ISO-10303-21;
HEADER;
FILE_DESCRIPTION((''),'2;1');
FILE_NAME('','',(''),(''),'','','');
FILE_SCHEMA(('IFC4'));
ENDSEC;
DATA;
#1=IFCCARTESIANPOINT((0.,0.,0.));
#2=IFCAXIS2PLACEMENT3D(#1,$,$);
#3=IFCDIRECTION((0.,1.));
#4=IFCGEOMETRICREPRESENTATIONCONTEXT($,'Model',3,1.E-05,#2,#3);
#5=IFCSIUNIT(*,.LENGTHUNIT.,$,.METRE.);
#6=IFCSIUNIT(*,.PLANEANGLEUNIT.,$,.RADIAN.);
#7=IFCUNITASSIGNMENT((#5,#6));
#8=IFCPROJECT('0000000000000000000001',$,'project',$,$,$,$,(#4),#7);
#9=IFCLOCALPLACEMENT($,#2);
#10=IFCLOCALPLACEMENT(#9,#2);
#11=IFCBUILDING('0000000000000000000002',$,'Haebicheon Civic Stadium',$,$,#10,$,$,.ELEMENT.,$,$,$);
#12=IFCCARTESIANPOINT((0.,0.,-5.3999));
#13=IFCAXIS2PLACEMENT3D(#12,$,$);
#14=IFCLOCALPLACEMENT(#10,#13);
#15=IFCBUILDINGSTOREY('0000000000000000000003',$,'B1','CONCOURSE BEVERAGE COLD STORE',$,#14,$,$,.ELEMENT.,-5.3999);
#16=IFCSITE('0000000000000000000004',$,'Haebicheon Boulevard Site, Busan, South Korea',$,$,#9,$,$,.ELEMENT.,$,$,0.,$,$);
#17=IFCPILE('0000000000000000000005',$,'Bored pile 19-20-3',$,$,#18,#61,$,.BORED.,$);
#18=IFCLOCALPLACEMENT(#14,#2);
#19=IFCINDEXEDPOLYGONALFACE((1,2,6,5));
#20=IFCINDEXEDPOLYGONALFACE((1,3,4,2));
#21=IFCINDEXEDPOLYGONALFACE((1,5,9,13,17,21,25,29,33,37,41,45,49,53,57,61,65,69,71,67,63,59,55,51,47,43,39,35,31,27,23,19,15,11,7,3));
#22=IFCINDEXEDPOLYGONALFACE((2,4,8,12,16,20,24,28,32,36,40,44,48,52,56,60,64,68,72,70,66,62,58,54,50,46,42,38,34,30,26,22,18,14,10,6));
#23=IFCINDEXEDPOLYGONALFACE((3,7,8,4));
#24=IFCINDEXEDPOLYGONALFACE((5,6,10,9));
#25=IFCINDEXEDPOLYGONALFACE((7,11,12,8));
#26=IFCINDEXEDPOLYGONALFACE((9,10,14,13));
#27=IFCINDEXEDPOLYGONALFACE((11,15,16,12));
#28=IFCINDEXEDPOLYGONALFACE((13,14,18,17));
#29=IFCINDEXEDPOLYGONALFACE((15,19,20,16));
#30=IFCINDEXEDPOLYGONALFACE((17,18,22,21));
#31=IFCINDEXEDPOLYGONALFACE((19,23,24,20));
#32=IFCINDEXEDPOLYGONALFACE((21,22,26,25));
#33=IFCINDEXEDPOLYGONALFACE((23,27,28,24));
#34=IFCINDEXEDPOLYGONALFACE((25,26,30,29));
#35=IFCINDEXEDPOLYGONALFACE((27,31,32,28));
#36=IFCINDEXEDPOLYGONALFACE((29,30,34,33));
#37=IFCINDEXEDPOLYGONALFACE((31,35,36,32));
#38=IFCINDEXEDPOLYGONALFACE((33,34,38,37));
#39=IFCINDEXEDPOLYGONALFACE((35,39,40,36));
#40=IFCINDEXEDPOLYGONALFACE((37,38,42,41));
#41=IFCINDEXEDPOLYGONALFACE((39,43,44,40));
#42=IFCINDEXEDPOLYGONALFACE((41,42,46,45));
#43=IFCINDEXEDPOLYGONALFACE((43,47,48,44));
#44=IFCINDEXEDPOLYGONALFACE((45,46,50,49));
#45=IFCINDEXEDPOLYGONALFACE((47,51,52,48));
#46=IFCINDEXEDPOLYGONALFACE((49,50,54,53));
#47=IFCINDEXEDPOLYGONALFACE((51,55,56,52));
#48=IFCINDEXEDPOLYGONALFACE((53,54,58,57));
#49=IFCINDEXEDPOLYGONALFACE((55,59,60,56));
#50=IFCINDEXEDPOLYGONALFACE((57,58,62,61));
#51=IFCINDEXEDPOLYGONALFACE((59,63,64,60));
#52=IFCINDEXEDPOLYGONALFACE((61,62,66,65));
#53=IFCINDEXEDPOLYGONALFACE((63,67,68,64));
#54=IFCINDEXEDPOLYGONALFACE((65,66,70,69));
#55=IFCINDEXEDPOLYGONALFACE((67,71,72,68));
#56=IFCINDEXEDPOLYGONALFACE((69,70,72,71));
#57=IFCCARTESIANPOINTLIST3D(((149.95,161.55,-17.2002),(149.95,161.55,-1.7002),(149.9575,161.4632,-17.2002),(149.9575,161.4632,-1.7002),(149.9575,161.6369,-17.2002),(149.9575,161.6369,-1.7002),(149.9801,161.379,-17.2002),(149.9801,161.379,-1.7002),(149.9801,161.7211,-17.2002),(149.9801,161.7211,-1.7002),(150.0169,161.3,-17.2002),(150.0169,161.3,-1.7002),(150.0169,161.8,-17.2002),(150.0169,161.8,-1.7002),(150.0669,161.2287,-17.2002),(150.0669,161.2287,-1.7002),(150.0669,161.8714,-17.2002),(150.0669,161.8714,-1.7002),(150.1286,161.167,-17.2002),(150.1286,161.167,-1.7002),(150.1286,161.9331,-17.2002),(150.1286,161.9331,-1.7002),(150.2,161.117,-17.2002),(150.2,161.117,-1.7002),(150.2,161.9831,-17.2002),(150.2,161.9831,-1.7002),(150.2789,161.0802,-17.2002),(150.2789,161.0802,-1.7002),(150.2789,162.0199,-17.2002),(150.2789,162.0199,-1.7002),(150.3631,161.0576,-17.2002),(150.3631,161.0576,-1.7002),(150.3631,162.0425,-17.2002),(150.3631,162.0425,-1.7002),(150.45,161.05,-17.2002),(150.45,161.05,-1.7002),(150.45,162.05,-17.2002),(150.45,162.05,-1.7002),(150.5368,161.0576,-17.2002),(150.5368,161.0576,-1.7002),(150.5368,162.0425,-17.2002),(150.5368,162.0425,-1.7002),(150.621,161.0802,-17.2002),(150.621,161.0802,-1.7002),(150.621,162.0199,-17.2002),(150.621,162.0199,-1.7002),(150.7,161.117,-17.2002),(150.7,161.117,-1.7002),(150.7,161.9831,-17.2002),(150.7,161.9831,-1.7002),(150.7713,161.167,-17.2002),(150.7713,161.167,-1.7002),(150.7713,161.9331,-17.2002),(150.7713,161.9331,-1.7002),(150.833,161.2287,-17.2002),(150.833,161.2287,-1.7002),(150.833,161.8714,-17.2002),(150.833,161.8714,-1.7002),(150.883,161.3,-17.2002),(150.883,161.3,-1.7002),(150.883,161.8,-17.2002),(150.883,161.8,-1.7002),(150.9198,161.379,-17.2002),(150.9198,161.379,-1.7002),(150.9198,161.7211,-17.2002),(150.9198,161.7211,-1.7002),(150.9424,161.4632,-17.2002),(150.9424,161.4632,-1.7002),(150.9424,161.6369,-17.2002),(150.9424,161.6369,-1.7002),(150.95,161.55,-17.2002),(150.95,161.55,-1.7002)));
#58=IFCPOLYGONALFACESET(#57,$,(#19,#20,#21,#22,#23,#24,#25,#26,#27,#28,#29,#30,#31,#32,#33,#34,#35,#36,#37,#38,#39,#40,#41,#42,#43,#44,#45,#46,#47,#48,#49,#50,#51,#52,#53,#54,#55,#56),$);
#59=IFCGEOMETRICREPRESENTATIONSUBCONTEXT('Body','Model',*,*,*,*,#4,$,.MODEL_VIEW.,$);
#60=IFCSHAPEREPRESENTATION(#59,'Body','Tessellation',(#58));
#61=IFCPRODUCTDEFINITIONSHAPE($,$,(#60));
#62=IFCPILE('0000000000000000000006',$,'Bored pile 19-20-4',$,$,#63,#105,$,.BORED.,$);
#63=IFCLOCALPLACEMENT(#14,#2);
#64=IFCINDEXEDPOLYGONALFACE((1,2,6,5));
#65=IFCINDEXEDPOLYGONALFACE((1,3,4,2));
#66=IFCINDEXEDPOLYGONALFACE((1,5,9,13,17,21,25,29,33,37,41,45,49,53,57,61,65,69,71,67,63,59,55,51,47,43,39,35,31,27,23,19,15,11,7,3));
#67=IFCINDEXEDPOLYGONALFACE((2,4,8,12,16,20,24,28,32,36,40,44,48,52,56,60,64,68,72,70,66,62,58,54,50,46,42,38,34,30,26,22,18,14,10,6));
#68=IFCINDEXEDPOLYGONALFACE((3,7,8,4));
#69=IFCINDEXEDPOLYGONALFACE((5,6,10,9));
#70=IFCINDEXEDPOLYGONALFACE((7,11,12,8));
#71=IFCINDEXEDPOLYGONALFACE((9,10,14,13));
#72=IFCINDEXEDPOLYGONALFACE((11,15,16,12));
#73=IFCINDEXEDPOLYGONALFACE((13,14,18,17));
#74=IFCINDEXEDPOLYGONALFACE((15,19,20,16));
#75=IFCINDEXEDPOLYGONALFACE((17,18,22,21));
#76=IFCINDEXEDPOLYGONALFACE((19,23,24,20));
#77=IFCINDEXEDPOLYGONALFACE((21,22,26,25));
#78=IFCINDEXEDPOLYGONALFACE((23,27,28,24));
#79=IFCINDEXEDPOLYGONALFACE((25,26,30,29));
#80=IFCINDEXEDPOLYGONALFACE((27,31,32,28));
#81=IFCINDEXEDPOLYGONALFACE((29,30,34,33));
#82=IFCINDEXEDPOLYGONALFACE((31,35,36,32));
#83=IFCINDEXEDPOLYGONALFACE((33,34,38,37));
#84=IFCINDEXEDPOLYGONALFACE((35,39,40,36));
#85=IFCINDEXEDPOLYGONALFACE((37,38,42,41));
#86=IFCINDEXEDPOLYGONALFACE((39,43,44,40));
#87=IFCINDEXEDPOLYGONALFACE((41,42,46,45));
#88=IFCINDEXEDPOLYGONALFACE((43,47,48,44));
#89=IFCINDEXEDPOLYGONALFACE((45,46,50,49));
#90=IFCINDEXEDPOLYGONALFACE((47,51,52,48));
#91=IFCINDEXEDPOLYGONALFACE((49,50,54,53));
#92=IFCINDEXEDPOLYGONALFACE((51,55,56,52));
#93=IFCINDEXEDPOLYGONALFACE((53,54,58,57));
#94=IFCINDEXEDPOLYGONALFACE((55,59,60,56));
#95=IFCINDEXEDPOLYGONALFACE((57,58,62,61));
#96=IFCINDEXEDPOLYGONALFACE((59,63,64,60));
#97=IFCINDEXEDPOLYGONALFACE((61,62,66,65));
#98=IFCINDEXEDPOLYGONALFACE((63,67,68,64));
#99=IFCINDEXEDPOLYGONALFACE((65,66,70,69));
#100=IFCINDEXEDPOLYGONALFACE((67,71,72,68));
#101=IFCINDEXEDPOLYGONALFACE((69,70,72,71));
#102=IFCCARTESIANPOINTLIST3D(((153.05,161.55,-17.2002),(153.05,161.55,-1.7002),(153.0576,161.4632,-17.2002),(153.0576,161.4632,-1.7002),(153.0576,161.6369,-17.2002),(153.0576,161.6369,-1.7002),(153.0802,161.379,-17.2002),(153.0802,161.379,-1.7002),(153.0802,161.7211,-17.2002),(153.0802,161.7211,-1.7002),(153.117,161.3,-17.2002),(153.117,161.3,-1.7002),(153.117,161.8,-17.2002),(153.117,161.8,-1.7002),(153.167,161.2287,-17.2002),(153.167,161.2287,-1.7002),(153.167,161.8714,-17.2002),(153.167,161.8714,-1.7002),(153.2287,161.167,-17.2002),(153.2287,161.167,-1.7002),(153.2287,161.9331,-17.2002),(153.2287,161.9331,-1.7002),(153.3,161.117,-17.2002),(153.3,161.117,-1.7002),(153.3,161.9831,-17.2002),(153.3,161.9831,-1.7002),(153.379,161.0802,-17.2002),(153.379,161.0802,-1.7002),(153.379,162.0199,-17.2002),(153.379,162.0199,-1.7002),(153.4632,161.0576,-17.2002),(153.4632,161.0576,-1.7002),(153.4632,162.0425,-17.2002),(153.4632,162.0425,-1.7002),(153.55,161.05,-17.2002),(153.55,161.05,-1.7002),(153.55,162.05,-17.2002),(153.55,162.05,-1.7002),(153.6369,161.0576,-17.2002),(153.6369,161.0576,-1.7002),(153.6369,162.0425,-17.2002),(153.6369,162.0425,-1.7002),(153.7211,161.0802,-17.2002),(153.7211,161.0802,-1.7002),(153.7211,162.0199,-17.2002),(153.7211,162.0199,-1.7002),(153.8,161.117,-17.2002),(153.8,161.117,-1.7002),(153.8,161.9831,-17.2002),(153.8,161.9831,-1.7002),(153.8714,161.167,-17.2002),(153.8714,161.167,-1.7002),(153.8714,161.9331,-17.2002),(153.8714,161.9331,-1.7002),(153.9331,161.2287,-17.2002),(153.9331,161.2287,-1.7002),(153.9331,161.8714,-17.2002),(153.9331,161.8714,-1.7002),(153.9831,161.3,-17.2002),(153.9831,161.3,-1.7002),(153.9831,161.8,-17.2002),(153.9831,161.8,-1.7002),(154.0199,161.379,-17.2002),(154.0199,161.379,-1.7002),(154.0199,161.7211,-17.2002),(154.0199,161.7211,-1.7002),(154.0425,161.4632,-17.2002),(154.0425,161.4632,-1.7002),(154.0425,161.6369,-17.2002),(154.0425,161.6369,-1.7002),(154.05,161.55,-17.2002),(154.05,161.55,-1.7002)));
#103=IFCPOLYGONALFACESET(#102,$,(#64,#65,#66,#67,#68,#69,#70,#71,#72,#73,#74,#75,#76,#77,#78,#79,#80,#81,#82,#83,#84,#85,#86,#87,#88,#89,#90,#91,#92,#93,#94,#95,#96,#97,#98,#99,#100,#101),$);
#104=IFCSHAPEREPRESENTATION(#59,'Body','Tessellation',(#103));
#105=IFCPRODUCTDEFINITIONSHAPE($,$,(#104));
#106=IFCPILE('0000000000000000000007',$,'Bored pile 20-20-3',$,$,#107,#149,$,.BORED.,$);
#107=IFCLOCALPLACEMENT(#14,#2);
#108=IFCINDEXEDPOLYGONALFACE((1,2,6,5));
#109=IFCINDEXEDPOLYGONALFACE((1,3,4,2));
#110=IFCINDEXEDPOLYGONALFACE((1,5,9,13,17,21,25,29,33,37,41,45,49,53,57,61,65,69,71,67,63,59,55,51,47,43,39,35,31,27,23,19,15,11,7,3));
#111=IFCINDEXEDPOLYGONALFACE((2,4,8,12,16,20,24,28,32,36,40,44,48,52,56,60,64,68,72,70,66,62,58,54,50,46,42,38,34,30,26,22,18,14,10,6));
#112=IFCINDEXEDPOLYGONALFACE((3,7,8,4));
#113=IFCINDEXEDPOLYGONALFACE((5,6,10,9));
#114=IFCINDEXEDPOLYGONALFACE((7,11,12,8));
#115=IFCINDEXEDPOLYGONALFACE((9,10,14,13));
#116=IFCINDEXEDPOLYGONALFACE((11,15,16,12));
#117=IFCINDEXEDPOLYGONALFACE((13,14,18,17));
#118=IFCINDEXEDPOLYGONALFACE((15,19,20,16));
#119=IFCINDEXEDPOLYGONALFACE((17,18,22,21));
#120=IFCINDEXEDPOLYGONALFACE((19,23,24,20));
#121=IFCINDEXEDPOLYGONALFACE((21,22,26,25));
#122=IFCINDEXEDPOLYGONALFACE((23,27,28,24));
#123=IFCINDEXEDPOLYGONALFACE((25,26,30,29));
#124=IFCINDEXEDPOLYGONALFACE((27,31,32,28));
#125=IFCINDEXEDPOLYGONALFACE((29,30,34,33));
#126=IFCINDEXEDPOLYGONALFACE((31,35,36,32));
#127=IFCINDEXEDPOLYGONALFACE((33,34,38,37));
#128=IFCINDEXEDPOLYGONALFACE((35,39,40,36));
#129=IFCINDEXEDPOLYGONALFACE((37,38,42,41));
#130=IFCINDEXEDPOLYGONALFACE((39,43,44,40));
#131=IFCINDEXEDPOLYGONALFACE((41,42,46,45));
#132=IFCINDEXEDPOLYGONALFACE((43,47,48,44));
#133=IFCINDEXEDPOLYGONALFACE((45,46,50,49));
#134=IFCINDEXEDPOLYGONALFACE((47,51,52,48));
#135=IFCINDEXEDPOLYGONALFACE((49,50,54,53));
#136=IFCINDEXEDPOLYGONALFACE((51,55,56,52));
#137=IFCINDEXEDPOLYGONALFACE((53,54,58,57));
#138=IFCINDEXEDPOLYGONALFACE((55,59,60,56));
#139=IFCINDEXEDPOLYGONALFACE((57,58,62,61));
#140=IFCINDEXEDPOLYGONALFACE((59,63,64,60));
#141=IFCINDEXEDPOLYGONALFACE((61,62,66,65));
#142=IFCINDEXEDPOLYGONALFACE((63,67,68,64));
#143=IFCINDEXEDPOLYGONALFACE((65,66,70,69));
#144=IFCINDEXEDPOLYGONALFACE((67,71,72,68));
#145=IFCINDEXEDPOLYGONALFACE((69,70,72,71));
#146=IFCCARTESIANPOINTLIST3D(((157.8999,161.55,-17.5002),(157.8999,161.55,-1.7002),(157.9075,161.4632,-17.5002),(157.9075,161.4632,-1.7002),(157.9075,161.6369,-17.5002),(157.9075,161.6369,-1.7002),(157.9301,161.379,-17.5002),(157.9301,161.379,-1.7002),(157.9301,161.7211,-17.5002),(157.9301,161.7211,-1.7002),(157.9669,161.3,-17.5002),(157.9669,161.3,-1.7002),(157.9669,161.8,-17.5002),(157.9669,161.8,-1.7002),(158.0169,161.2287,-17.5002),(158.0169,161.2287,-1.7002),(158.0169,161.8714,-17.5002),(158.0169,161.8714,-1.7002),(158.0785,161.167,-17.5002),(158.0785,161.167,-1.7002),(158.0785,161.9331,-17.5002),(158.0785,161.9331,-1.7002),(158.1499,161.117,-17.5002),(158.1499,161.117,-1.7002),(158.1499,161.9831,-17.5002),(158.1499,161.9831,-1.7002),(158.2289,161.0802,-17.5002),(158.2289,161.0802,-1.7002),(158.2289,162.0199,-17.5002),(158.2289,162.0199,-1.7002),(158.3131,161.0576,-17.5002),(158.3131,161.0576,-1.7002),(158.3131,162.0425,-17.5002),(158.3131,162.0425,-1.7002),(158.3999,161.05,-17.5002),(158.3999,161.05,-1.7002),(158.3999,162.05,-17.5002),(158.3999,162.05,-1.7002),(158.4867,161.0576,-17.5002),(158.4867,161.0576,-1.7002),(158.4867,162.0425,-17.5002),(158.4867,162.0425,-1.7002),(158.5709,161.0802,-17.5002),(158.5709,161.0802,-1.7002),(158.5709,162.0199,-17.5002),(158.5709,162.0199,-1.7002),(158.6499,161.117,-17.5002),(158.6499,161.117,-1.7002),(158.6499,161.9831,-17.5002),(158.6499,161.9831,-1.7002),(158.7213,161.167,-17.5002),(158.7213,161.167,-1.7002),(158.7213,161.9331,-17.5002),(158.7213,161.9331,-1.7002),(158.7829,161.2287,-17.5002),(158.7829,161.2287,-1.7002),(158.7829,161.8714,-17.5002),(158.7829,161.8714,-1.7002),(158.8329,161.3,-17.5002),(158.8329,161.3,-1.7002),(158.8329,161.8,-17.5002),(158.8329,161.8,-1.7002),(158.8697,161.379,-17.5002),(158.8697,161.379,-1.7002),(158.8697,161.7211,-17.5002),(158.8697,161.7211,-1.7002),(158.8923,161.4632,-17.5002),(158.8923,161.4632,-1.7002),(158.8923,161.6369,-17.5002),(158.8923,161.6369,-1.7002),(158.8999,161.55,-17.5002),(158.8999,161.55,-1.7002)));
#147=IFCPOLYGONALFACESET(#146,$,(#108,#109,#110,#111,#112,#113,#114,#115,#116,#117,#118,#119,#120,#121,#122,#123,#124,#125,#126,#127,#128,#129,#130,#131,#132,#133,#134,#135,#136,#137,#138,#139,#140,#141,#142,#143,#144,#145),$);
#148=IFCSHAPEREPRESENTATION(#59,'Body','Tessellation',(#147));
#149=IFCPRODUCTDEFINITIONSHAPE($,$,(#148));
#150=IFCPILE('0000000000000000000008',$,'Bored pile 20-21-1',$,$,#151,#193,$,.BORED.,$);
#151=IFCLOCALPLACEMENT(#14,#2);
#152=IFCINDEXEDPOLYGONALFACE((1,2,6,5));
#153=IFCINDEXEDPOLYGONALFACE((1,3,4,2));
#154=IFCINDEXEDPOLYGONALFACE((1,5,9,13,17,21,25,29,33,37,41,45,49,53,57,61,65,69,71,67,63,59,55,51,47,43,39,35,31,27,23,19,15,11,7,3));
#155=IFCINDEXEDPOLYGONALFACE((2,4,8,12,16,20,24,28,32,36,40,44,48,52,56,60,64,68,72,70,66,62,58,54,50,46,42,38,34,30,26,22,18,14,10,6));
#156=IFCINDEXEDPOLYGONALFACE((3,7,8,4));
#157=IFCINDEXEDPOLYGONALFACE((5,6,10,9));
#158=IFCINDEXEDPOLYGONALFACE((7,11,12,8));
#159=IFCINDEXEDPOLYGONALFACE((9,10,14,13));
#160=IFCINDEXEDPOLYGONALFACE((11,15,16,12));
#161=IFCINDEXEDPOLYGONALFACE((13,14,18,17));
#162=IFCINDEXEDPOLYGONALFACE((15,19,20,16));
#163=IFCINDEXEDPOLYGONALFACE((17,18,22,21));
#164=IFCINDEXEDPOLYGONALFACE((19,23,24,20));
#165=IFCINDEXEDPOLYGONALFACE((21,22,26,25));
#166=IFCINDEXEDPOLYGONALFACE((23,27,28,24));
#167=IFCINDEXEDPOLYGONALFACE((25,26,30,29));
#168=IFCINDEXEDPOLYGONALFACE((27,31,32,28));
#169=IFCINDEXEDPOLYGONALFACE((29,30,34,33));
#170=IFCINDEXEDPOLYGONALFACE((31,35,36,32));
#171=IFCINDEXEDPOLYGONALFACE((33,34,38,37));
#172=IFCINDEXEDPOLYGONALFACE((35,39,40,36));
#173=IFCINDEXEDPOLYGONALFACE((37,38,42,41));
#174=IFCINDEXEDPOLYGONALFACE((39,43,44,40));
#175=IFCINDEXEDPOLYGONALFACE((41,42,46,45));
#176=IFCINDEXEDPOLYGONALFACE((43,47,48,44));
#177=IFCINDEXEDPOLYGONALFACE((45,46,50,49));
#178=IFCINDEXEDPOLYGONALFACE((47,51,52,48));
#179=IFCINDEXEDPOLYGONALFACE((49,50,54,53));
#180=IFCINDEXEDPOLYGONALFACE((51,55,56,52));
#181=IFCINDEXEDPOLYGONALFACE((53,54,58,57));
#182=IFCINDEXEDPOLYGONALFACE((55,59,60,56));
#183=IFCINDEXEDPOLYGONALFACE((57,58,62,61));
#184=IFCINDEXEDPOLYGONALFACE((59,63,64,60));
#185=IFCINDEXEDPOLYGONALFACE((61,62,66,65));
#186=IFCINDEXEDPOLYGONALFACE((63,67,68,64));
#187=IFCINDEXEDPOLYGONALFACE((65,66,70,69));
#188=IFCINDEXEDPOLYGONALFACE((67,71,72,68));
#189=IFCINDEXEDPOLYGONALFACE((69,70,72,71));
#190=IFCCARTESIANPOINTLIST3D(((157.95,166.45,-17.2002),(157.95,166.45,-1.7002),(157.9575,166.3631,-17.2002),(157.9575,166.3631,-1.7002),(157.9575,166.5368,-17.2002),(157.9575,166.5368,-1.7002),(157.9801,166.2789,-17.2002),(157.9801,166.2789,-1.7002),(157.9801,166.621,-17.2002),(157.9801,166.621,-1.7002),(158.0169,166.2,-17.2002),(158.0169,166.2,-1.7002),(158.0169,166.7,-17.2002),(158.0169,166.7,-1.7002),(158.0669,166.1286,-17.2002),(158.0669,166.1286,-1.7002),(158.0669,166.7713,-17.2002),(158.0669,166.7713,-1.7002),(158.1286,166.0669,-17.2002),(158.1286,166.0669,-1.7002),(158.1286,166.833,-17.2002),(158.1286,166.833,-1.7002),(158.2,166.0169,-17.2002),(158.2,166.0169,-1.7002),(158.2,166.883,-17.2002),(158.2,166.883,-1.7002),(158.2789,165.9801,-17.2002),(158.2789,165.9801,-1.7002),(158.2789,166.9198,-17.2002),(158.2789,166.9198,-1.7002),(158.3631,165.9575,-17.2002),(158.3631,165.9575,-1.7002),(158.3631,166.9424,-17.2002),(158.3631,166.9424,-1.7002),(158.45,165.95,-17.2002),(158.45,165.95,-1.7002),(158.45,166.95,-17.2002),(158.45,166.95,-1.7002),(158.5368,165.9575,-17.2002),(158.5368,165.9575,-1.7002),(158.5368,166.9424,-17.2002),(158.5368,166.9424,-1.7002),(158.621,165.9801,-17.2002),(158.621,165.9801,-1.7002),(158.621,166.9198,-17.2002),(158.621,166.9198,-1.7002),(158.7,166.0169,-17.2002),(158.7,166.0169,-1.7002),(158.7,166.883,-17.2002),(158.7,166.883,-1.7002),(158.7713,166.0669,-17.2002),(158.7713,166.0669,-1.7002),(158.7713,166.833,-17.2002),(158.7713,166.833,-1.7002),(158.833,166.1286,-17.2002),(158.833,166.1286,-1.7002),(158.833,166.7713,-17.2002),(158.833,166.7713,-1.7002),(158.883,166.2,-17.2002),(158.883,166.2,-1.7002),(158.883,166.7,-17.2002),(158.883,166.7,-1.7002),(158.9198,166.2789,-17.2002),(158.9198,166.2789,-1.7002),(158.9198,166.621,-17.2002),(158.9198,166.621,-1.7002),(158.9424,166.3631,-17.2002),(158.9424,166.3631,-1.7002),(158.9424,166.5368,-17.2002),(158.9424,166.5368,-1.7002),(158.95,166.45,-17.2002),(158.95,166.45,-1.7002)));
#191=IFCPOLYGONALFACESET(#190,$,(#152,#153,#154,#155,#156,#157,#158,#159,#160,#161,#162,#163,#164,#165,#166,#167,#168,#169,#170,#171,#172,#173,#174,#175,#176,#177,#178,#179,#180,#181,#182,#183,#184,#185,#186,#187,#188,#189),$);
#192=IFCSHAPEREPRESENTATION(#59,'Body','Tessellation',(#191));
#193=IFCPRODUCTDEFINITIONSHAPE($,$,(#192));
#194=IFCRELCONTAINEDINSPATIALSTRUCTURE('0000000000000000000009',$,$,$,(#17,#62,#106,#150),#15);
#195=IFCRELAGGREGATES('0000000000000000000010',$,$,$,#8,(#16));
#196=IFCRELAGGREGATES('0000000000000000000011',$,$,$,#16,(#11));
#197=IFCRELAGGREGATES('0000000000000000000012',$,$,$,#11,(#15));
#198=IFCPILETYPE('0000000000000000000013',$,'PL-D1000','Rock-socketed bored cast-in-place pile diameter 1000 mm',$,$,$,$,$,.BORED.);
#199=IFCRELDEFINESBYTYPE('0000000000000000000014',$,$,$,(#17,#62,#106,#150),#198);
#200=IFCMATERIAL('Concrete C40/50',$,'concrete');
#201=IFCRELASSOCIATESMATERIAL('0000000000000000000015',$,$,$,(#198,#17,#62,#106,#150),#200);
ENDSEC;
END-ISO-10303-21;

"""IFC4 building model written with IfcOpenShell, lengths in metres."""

from ifc_helpers import new_model, si_unit, direction, frame, origin, origin_2d, place, context, subcontext, project, spatial, circle, extrude, material, material_profile, profile_set, type_object, element, save


model = new_model("IFC4")

# Units and contexts
model_context = context("Model", 3, precision=1e-05, world=origin(), true_north=direction((0.0, 1.0)))
body_context = subcontext(model_context, "Body", "Model", "MODEL_VIEW")
ifc_project = project(units=[si_unit("LENGTHUNIT", "METRE"), si_unit("PLANEANGLEUNIT", "RADIAN")], contexts=[model_context])

# Site, building, storey
site_placement = place(None, origin())
site = spatial("IfcSite", under=ifc_project, at=site_placement, Name="Haebicheon Boulevard Site, Busan, South Korea", CompositionType="ELEMENT", RefElevation=0.0)
building_placement = place(site_placement, origin())
building = spatial("IfcBuilding", under=site, at=building_placement, Name="Haebicheon Civic Stadium", CompositionType="ELEMENT")
storey_placement = place(building_placement, frame((0.0, 0.0, -5.3999)))
storey = spatial("IfcBuildingStorey", under=building, at=storey_placement, Name="B1", Description="CONCOURSE BEVERAGE COLD STORE", CompositionType="ELEMENT", Elevation=-5.3999)

# Piles
ifc_material_1 = material(Name="Concrete C40/50", Category="concrete")
ifc_material_profile_1 = material_profile(ifc_material_1, circle(Radius=0.5, at=origin_2d()), Name="PILE-D1000")
ifc_profile_set_1 = profile_set([ifc_material_profile_1], Name="Concrete C40/50")
pile_type_1 = type_object("IfcPileType", Name="PL-D1000", Description="Rock-socketed bored cast-in-place pile diameter 1000 mm", PredefinedType="BORED", material=ifc_profile_set_1)
for number, where, z_axis, x_axis, name in (
    (1, (150.45, 161.55, -1.7002), (0.0, 0.0, -1.0), (1.0, 0.0, 0.0), "Bored pile 19-20-3"),
    (2, (153.55, 161.55, -1.7002), (0.0, 0.0, -1.0), (1.0, 0.0, 0.0), "Bored pile 19-20-4"),
):
    element("IfcPile", number, at=place(storey_placement, frame(where, z_axis=z_axis, x_axis=x_axis)), inside=storey, type_object=pile_type_1, material=ifc_profile_set_1, Name=name, PredefinedType="BORED", context=body_context, shape_type="SweptSolid", body=[
        extrude(circle(Radius=0.5, at=origin_2d()), origin(), (0.0, 0.0, 1.0), 15.5),
    ])
pile_1_placement = place(storey_placement, frame((158.3999, 161.55, -1.7002), z_axis=(0.0, 0.0, -1.0), x_axis=(1.0, 0.0, 0.0)))
element("IfcPile", 3, at=pile_1_placement, inside=storey, type_object=pile_type_1, material=ifc_profile_set_1, Name="Bored pile 20-20-3", PredefinedType="BORED", context=body_context, shape_type="SweptSolid", body=[
    extrude(circle(Radius=0.5, at=origin_2d()), origin(), (0.0, 0.0, 1.0), 15.8),
])
for number, where, z_axis, x_axis, name in (
    (4, (158.45, 166.45, -1.7002), (0.0, 0.0, -1.0), (1.0, 0.0, 0.0), "Bored pile 20-21-1"),
):
    element("IfcPile", number, at=place(storey_placement, frame(where, z_axis=z_axis, x_axis=x_axis)), inside=storey, type_object=pile_type_1, material=ifc_profile_set_1, Name=name, PredefinedType="BORED", context=body_context, shape_type="SweptSolid", body=[
        extrude(circle(Radius=0.5, at=origin_2d()), origin(), (0.0, 0.0, 1.0), 15.5),
    ])

save(model, "model.ifc")
